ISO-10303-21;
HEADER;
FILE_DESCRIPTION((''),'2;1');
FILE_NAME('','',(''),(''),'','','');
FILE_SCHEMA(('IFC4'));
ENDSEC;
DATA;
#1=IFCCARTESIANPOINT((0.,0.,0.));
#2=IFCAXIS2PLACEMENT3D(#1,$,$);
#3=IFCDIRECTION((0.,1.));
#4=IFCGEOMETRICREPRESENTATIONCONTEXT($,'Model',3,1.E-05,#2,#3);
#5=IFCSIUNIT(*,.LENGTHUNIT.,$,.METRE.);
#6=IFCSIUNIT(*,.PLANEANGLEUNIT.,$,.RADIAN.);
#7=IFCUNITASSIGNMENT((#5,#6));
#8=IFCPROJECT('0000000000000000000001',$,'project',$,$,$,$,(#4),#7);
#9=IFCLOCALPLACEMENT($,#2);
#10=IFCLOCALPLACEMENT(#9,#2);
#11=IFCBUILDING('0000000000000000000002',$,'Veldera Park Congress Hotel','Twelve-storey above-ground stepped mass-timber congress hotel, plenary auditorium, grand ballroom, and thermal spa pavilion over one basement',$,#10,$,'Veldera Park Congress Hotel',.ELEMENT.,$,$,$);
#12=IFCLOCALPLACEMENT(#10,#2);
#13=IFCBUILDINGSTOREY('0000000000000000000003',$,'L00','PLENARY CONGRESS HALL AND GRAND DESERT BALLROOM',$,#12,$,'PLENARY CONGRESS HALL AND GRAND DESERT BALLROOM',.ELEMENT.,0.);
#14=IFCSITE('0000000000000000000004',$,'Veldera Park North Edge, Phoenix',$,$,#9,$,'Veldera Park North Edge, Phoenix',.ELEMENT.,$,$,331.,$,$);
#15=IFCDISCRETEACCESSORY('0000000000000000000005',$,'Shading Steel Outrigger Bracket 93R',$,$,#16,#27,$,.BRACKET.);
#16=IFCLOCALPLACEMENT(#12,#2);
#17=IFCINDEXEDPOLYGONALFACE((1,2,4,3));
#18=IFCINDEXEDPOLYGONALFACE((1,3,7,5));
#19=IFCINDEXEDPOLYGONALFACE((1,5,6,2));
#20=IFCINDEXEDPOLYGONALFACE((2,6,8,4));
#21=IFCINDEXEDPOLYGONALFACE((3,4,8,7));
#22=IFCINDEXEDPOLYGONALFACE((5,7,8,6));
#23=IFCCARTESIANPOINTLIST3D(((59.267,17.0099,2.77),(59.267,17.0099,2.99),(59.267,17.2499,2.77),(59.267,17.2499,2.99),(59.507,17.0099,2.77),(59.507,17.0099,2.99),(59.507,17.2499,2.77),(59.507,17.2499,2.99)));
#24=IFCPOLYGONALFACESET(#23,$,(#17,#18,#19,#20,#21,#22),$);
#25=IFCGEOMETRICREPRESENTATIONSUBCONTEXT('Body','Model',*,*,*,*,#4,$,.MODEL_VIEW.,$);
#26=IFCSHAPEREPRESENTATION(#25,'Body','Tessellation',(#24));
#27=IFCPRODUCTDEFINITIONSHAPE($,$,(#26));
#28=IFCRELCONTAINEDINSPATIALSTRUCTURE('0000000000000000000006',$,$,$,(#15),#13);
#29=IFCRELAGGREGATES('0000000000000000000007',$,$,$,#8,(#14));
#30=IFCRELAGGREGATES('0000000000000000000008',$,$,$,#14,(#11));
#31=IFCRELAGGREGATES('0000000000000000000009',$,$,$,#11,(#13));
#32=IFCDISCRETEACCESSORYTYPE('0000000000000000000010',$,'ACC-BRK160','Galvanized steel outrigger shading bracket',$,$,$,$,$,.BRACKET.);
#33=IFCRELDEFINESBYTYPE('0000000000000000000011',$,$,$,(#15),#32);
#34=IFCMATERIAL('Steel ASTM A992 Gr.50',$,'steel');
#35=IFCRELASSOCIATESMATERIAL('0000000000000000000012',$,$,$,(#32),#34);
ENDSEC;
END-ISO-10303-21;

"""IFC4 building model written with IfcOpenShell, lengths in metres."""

from ifc_helpers import new_model, si_unit, direction, frame, origin, origin_2d, place, context, subcontext, project, spatial, rectangle, extrude, material, type_object, element, save


model = new_model("IFC4")

# Units and contexts
model_context = context("Model", 3, precision=1e-05, world=origin(), true_north=direction((0.0, 1.0)))
body_context = subcontext(model_context, "Body", "Model", "MODEL_VIEW")
ifc_project = project(units=[si_unit("LENGTHUNIT", "METRE"), si_unit("PLANEANGLEUNIT", "RADIAN")], contexts=[model_context])

# Site, building, storey
site_placement = place(None, origin())
site = spatial("IfcSite", under=ifc_project, at=site_placement, Name="Veldera Park North Edge, Phoenix", LongName="Veldera Park North Edge, Phoenix", CompositionType="ELEMENT", RefElevation=331.0)
building_placement = place(site_placement, origin())
building = spatial("IfcBuilding", under=site, at=building_placement, Name="Veldera Park Congress Hotel", Description="Twelve-storey above-ground stepped mass-timber congress hotel, plenary auditorium, grand ballroom, and thermal spa pavilion over one basement", LongName="Veldera Park Congress Hotel", CompositionType="ELEMENT")
storey_placement = place(building_placement, origin())
storey = spatial("IfcBuildingStorey", under=building, at=storey_placement, Name="L00", Description="PLENARY CONGRESS HALL AND GRAND DESERT BALLROOM", LongName="PLENARY CONGRESS HALL AND GRAND DESERT BALLROOM", CompositionType="ELEMENT", Elevation=0.0)

# Shared definitions
ifc_material_1 = material(Name="Steel ASTM A992 Gr.50", Category="steel")

# Discrete accessory
discrete_accessory_type = type_object("IfcDiscreteAccessoryType", Name="ACC-BRK160", Description="Galvanized steel outrigger shading bracket", PredefinedType="BRACKET", material=ifc_material_1)
for number, where, z_axis, x_axis, name in (
    (1, (59.387, 17.1299, 2.77), (0.0, 0.0, 1.0), (1.0, 0.0, 0.0), "Shading Steel Outrigger Bracket 93R"),
):
    element("IfcDiscreteAccessory", number, at=place(storey_placement, frame(where, z_axis=z_axis, x_axis=x_axis)), inside=storey, type_object=discrete_accessory_type, Name=name, PredefinedType="BRACKET", context=body_context, shape_type="SweptSolid", body=[
        extrude(rectangle(XDim=0.24, YDim=0.24, at=origin_2d()), origin(), (0.0, 0.0, 1.0), 0.22),
    ])

save(model, "model.ifc")
